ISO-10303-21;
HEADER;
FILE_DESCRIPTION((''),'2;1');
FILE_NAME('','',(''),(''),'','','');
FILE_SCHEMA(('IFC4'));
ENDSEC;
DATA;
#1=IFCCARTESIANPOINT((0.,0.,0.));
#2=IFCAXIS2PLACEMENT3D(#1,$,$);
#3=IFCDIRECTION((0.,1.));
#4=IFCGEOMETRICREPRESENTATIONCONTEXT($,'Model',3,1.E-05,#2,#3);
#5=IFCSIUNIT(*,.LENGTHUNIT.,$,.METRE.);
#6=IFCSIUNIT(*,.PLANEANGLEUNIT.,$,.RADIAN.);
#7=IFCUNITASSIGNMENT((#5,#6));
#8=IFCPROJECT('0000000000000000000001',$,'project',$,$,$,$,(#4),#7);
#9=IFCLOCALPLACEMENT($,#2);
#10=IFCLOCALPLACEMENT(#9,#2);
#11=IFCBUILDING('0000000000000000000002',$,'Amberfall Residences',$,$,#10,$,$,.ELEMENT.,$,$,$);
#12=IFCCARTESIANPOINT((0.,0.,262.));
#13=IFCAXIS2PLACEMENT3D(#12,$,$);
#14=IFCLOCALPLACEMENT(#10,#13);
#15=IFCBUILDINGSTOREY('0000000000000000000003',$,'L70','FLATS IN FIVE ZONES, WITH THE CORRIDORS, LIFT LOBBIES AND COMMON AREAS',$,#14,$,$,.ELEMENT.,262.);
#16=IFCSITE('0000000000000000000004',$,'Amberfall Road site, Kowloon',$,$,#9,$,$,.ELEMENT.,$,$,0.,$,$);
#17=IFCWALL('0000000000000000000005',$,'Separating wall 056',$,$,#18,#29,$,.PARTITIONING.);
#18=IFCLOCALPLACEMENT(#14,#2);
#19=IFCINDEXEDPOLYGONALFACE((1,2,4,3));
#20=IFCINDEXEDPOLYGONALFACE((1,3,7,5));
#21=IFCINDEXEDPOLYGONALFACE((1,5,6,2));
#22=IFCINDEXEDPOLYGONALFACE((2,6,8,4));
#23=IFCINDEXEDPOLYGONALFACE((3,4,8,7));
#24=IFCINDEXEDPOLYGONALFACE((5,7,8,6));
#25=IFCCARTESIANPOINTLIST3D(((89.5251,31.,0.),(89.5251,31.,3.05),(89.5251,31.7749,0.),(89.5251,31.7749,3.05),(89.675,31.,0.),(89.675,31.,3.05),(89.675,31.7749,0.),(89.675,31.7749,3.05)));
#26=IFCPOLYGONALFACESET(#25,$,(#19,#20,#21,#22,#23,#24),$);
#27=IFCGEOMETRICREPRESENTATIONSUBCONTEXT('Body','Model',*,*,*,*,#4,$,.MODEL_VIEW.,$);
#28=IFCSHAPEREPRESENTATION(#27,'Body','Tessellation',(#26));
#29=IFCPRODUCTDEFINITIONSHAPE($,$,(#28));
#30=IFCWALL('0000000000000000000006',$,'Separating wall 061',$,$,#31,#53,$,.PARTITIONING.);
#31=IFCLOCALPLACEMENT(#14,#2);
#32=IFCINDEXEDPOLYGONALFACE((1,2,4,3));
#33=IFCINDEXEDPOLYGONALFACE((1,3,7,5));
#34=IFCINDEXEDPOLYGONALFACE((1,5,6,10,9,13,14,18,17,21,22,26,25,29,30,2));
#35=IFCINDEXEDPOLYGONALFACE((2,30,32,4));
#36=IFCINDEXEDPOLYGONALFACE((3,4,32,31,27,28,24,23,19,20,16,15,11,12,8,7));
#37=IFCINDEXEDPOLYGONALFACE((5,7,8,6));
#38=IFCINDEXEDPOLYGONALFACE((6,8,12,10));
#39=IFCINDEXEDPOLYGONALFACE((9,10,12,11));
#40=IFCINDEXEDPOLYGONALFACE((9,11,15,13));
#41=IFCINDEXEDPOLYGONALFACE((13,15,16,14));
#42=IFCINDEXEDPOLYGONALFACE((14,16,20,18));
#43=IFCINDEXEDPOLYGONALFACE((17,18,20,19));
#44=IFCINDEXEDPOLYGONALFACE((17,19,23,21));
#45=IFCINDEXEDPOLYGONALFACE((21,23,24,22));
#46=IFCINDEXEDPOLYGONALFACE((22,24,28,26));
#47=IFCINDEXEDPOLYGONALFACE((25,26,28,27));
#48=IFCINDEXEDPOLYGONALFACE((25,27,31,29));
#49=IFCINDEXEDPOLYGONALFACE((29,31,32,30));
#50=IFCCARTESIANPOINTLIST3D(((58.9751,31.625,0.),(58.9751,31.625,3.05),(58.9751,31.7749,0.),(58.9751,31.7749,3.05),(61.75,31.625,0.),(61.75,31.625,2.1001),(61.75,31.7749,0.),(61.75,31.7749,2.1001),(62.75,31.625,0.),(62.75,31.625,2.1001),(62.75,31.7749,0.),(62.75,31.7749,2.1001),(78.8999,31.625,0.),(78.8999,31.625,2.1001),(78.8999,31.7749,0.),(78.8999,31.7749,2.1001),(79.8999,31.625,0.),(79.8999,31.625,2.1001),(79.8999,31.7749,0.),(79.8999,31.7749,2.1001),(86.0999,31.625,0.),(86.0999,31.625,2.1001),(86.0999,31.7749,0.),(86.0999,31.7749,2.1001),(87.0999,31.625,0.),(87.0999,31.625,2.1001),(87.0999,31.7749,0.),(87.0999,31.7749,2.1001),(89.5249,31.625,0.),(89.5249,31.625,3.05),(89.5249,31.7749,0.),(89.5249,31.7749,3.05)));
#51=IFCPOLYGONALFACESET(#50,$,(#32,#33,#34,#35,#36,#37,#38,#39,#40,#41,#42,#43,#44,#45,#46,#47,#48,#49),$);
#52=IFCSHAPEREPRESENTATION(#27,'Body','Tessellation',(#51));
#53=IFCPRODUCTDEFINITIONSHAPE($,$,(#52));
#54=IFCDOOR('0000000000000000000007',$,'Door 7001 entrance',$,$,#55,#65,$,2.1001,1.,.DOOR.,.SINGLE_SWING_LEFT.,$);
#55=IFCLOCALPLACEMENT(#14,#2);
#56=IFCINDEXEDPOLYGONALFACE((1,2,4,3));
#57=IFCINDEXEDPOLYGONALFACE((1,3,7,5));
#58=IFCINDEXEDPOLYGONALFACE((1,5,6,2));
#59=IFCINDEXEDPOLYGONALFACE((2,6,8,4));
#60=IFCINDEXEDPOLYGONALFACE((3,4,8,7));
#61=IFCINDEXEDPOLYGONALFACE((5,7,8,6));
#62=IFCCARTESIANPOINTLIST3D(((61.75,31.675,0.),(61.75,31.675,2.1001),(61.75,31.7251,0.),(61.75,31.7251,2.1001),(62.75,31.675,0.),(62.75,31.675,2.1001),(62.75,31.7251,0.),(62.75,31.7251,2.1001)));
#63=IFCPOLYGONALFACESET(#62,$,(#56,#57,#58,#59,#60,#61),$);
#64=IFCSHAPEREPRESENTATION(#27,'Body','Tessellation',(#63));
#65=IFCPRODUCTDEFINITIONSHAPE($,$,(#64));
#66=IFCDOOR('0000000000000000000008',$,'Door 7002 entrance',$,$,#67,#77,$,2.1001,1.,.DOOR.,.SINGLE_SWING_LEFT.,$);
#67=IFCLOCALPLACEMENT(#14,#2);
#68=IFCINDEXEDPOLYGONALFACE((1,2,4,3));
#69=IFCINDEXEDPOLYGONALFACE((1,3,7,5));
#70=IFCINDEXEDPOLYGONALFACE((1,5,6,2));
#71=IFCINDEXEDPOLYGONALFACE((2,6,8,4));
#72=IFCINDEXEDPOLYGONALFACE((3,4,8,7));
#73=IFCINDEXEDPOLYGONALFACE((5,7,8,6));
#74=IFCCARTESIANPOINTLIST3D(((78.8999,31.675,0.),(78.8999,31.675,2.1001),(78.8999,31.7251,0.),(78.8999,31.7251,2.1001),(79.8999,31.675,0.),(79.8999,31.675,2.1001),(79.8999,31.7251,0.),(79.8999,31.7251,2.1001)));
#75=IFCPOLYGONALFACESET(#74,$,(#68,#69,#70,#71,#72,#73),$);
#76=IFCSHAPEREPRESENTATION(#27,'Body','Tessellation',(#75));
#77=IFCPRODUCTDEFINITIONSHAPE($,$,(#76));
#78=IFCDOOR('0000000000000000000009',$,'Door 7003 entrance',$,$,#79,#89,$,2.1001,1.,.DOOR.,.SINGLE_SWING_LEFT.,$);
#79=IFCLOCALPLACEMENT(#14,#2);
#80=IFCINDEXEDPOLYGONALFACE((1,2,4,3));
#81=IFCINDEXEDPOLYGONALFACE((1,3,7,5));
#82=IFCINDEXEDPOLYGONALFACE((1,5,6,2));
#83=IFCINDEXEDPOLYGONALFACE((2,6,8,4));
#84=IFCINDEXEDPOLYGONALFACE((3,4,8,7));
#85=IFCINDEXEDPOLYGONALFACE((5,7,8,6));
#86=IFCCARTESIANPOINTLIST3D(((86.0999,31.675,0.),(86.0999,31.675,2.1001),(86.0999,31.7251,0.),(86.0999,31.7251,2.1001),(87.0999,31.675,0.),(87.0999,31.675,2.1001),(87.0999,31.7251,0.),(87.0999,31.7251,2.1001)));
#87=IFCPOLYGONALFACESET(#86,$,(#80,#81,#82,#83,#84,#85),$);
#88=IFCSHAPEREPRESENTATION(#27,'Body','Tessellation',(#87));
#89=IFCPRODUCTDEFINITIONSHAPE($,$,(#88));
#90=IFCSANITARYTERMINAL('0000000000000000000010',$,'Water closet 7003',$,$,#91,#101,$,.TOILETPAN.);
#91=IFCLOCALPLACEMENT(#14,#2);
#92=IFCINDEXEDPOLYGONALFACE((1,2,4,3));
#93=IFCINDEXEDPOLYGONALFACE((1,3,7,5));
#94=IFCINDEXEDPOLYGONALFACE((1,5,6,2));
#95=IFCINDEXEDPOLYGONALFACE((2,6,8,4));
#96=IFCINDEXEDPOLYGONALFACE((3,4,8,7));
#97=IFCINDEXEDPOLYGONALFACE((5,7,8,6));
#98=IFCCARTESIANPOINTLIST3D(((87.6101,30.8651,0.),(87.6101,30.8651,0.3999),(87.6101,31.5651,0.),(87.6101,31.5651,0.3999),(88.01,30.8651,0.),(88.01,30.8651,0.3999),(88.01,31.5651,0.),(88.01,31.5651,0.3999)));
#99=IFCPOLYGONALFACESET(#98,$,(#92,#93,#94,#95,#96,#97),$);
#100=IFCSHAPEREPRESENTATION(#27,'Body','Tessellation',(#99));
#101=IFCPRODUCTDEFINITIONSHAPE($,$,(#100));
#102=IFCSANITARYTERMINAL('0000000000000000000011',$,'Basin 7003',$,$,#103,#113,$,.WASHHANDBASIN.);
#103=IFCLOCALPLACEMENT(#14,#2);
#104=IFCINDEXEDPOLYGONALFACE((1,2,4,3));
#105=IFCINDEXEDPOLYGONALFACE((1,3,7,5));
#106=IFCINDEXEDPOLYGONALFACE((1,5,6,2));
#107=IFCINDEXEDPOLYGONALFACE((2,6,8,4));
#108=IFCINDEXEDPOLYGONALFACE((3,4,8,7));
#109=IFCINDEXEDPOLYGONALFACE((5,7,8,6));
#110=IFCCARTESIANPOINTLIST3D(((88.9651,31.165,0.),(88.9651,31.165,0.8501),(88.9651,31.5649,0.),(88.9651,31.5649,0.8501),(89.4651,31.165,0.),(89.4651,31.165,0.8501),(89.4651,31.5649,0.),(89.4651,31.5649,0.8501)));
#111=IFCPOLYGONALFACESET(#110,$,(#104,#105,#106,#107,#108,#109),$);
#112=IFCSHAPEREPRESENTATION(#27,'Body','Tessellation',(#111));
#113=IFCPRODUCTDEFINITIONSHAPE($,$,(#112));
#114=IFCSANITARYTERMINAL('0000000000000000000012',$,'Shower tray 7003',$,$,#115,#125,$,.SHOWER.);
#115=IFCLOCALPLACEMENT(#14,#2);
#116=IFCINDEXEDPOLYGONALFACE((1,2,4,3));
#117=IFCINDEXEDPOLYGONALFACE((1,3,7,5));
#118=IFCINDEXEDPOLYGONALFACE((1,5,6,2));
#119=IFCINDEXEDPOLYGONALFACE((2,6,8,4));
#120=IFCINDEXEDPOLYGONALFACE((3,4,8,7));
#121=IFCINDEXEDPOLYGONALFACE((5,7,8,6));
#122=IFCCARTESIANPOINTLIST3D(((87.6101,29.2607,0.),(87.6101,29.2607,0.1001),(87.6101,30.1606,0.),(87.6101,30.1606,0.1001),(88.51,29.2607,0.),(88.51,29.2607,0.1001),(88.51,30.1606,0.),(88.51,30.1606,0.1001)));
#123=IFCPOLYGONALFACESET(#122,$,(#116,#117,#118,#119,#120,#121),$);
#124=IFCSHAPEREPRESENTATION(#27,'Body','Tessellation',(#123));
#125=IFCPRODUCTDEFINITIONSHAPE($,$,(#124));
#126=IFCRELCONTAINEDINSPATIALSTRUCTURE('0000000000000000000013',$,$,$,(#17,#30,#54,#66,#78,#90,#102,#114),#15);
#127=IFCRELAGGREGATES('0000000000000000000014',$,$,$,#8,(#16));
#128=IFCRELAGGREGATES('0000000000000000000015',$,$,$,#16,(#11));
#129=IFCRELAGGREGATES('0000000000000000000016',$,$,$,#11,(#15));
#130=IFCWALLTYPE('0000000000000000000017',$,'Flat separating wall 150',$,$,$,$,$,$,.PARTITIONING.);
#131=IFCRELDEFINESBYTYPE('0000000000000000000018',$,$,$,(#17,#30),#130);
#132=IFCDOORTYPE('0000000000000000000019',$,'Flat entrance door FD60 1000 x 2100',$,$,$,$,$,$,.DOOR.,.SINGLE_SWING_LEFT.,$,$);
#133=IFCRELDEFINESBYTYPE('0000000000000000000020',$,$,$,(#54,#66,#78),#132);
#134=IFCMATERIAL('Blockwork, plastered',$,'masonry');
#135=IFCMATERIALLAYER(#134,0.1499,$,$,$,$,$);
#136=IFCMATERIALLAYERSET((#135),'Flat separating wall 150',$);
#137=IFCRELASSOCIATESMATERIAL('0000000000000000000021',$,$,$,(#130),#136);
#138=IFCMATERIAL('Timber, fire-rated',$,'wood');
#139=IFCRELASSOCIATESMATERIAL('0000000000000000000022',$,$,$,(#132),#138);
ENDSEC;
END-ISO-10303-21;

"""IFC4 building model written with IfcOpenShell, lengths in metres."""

from ifc_helpers import new_model, si_unit, direction, frame, frame_2d, origin, origin_2d, place, context, subcontext, project, spatial, rectangle, extrude, material, layer, layer_set, type_object, element, fill, save


model = new_model("IFC4")

# Units and contexts
model_context = context("Model", 3, precision=1e-05, world=origin(), true_north=direction((0.0, 1.0)))
body_context = subcontext(model_context, "Body", "Model", "MODEL_VIEW")
ifc_project = project(units=[si_unit("LENGTHUNIT", "METRE"), si_unit("PLANEANGLEUNIT", "RADIAN")], contexts=[model_context])

# Site, building, storey
site_placement = place(None, origin())
site = spatial("IfcSite", under=ifc_project, at=site_placement, Name="Amberfall Road site, Kowloon", CompositionType="ELEMENT", RefElevation=0.0)
building_placement = place(site_placement, origin())
building = spatial("IfcBuilding", under=site, at=building_placement, Name="Amberfall Residences", CompositionType="ELEMENT")
storey_placement = place(building_placement, frame((0.0, 0.0, 262.0)))
storey = spatial("IfcBuildingStorey", under=building, at=storey_placement, Name="L70", Description="FLATS IN FIVE ZONES, WITH THE CORRIDORS, LIFT LOBBIES AND COMMON AREAS", CompositionType="ELEMENT", Elevation=262.0)

# Wall
ifc_material_1 = material(Name="Blockwork, plastered", Category="masonry")
ifc_layer_1 = layer(ifc_material_1, 0.1499)
ifc_layer_set_1 = layer_set([ifc_layer_1], Name="Flat separating wall 150")
wall_type_1 = type_object("IfcWallType", Name="Flat separating wall 150", PredefinedType="PARTITIONING", material=ifc_layer_set_1)
wall_1_placement = place(storey_placement, frame((89.6001, 31.0, 0.0), z_axis=(0.0, 0.0, 1.0), x_axis=(0.0, 1.0, 0.0)))
element("IfcWall", 1, at=wall_1_placement, inside=storey, type_object=wall_type_1, Name="Separating wall 056", PredefinedType="PARTITIONING", context=body_context, shape_type="SweptSolid", body=[
    extrude(rectangle(XDim=0.7749, YDim=0.1499, at=frame_2d((0.3875, 0.0))), origin(), (0.0, 0.0, 1.0), 3.05),
])

# Wall, openings, doors
wall_2_placement = place(storey_placement, frame((89.5249, 31.7, 0.0), z_axis=(0.0, 0.0, 1.0), x_axis=(-1.0, 0.0, 0.0)))
wall_2 = element("IfcWall", 2, at=wall_2_placement, inside=storey, type_object=wall_type_1, Name="Separating wall 061", PredefinedType="PARTITIONING", context=body_context, shape_type="SweptSolid", body=[
    extrude(rectangle(XDim=30.5498, YDim=0.1499, at=frame_2d((15.2749, 0.0))), origin(), (0.0, 0.0, 1.0), 3.05),
])
opening_1_placement = place(wall_2_placement, frame((26.7749, 0.0, 0.0)))
opening_1 = element("IfcOpeningElement", 3, at=opening_1_placement, cuts=wall_2, PredefinedType="OPENING", context=body_context, shape_type="SweptSolid", body=[
    extrude(rectangle(XDim=1.0, YDim=2.1001, at=frame_2d((0.5, 1.05))), frame((0.0, 0.085, 0.0), z_axis=(0.0, -1.0, 0.0), x_axis=(1.0, 0.0, 0.0)), (0.0, 0.0, 1.0), 0.1699),
])
opening_2_placement = place(wall_2_placement, frame((9.625, 0.0, 0.0)))
opening_2 = element("IfcOpeningElement", 4, at=opening_2_placement, cuts=wall_2, PredefinedType="OPENING", context=body_context, shape_type="SweptSolid", body=[
    extrude(rectangle(XDim=1.0, YDim=2.1001, at=frame_2d((0.5, 1.05))), frame((0.0, 0.085, 0.0), z_axis=(0.0, -1.0, 0.0), x_axis=(1.0, 0.0, 0.0)), (0.0, 0.0, 1.0), 0.1699),
])
opening_3_placement = place(wall_2_placement, frame((2.425, 0.0, 0.0)))
opening_3 = element("IfcOpeningElement", 5, at=opening_3_placement, cuts=wall_2, PredefinedType="OPENING", context=body_context, shape_type="SweptSolid", body=[
    extrude(rectangle(XDim=1.0, YDim=2.1001, at=frame_2d((0.5, 1.05))), frame((0.0, 0.085, 0.0), z_axis=(0.0, -1.0, 0.0), x_axis=(1.0, 0.0, 0.0)), (0.0, 0.0, 1.0), 0.1699),
])
ifc_material_2 = material(Name="Timber, fire-rated", Category="wood")
door_type_1 = type_object("IfcDoorType", Name="Flat entrance door FD60 1000 x 2100", OperationType="SINGLE_SWING_LEFT", PredefinedType="DOOR", material=ifc_material_2)
door_1_placement = place(opening_1_placement, origin())
door_1 = element("IfcDoor", 6, at=door_1_placement, inside=storey, type_object=door_type_1, Name="Door 7001 entrance", OperationType="SINGLE_SWING_LEFT", OverallHeight=2.1001, OverallWidth=1.0, PredefinedType="DOOR", context=body_context, shape_type="SweptSolid", body=[
    extrude(rectangle(XDim=1.0, YDim=2.1001, at=frame_2d((0.5, 1.05))), frame((0.0, 0.0249, 0.0), z_axis=(0.0, -1.0, 0.0), x_axis=(1.0, 0.0, 0.0)), (0.0, 0.0, 1.0), 0.05),
])
fill(opening_1, door_1)
door_2_placement = place(opening_2_placement, origin())
door_2 = element("IfcDoor", 7, at=door_2_placement, inside=storey, type_object=door_type_1, Name="Door 7002 entrance", OperationType="SINGLE_SWING_LEFT", OverallHeight=2.1001, OverallWidth=1.0, PredefinedType="DOOR", context=body_context, shape_type="SweptSolid", body=[
    extrude(rectangle(XDim=1.0, YDim=2.1001, at=frame_2d((0.5, 1.05))), frame((0.0, 0.0249, 0.0), z_axis=(0.0, -1.0, 0.0), x_axis=(1.0, 0.0, 0.0)), (0.0, 0.0, 1.0), 0.05),
])
fill(opening_2, door_2)
door_3_placement = place(opening_3_placement, origin())
door_3 = element("IfcDoor", 8, at=door_3_placement, inside=storey, type_object=door_type_1, Name="Door 7003 entrance", OperationType="SINGLE_SWING_LEFT", OverallHeight=2.1001, OverallWidth=1.0, PredefinedType="DOOR", context=body_context, shape_type="SweptSolid", body=[
    extrude(rectangle(XDim=1.0, YDim=2.1001, at=frame_2d((0.5, 1.05))), frame((0.0, 0.0249, 0.0), z_axis=(0.0, -1.0, 0.0), x_axis=(1.0, 0.0, 0.0)), (0.0, 0.0, 1.0), 0.05),
])
fill(opening_3, door_3)

# Sanitary terminals
sanitary_terminal_1_placement = place(storey_placement, frame((87.8101, 31.2151, 0.0), z_axis=(0.0, 0.0, 1.0), x_axis=(1.0, 0.0, 0.0)))
element("IfcSanitaryTerminal", 9, at=sanitary_terminal_1_placement, inside=storey, Name="Water closet 7003", PredefinedType="TOILETPAN", context=body_context, shape_type="SweptSolid", body=[
    extrude(rectangle(XDim=0.3999, YDim=0.7, at=origin_2d()), origin(), (0.0, 0.0, 1.0), 0.3999),
])
sanitary_terminal_2_placement = place(storey_placement, frame((89.2151, 31.365, 0.0), z_axis=(0.0, 0.0, 1.0), x_axis=(1.0, 0.0, 0.0)))
element("IfcSanitaryTerminal", 10, at=sanitary_terminal_2_placement, inside=storey, Name="Basin 7003", PredefinedType="WASHHANDBASIN", context=body_context, shape_type="SweptSolid", body=[
    extrude(rectangle(XDim=0.5, YDim=0.3999, at=origin_2d()), origin(), (0.0, 0.0, 1.0), 0.8501),
])
sanitary_terminal_3_placement = place(storey_placement, frame((88.0601, 29.7107, 0.0), z_axis=(0.0, 0.0, 1.0), x_axis=(1.0, 0.0, 0.0)))
element("IfcSanitaryTerminal", 11, at=sanitary_terminal_3_placement, inside=storey, Name="Shower tray 7003", PredefinedType="SHOWER", context=body_context, shape_type="SweptSolid", body=[
    extrude(rectangle(XDim=0.8999, YDim=0.8999, at=origin_2d()), origin(), (0.0, 0.0, 1.0), 0.1001),
])

save(model, "model.ifc")
